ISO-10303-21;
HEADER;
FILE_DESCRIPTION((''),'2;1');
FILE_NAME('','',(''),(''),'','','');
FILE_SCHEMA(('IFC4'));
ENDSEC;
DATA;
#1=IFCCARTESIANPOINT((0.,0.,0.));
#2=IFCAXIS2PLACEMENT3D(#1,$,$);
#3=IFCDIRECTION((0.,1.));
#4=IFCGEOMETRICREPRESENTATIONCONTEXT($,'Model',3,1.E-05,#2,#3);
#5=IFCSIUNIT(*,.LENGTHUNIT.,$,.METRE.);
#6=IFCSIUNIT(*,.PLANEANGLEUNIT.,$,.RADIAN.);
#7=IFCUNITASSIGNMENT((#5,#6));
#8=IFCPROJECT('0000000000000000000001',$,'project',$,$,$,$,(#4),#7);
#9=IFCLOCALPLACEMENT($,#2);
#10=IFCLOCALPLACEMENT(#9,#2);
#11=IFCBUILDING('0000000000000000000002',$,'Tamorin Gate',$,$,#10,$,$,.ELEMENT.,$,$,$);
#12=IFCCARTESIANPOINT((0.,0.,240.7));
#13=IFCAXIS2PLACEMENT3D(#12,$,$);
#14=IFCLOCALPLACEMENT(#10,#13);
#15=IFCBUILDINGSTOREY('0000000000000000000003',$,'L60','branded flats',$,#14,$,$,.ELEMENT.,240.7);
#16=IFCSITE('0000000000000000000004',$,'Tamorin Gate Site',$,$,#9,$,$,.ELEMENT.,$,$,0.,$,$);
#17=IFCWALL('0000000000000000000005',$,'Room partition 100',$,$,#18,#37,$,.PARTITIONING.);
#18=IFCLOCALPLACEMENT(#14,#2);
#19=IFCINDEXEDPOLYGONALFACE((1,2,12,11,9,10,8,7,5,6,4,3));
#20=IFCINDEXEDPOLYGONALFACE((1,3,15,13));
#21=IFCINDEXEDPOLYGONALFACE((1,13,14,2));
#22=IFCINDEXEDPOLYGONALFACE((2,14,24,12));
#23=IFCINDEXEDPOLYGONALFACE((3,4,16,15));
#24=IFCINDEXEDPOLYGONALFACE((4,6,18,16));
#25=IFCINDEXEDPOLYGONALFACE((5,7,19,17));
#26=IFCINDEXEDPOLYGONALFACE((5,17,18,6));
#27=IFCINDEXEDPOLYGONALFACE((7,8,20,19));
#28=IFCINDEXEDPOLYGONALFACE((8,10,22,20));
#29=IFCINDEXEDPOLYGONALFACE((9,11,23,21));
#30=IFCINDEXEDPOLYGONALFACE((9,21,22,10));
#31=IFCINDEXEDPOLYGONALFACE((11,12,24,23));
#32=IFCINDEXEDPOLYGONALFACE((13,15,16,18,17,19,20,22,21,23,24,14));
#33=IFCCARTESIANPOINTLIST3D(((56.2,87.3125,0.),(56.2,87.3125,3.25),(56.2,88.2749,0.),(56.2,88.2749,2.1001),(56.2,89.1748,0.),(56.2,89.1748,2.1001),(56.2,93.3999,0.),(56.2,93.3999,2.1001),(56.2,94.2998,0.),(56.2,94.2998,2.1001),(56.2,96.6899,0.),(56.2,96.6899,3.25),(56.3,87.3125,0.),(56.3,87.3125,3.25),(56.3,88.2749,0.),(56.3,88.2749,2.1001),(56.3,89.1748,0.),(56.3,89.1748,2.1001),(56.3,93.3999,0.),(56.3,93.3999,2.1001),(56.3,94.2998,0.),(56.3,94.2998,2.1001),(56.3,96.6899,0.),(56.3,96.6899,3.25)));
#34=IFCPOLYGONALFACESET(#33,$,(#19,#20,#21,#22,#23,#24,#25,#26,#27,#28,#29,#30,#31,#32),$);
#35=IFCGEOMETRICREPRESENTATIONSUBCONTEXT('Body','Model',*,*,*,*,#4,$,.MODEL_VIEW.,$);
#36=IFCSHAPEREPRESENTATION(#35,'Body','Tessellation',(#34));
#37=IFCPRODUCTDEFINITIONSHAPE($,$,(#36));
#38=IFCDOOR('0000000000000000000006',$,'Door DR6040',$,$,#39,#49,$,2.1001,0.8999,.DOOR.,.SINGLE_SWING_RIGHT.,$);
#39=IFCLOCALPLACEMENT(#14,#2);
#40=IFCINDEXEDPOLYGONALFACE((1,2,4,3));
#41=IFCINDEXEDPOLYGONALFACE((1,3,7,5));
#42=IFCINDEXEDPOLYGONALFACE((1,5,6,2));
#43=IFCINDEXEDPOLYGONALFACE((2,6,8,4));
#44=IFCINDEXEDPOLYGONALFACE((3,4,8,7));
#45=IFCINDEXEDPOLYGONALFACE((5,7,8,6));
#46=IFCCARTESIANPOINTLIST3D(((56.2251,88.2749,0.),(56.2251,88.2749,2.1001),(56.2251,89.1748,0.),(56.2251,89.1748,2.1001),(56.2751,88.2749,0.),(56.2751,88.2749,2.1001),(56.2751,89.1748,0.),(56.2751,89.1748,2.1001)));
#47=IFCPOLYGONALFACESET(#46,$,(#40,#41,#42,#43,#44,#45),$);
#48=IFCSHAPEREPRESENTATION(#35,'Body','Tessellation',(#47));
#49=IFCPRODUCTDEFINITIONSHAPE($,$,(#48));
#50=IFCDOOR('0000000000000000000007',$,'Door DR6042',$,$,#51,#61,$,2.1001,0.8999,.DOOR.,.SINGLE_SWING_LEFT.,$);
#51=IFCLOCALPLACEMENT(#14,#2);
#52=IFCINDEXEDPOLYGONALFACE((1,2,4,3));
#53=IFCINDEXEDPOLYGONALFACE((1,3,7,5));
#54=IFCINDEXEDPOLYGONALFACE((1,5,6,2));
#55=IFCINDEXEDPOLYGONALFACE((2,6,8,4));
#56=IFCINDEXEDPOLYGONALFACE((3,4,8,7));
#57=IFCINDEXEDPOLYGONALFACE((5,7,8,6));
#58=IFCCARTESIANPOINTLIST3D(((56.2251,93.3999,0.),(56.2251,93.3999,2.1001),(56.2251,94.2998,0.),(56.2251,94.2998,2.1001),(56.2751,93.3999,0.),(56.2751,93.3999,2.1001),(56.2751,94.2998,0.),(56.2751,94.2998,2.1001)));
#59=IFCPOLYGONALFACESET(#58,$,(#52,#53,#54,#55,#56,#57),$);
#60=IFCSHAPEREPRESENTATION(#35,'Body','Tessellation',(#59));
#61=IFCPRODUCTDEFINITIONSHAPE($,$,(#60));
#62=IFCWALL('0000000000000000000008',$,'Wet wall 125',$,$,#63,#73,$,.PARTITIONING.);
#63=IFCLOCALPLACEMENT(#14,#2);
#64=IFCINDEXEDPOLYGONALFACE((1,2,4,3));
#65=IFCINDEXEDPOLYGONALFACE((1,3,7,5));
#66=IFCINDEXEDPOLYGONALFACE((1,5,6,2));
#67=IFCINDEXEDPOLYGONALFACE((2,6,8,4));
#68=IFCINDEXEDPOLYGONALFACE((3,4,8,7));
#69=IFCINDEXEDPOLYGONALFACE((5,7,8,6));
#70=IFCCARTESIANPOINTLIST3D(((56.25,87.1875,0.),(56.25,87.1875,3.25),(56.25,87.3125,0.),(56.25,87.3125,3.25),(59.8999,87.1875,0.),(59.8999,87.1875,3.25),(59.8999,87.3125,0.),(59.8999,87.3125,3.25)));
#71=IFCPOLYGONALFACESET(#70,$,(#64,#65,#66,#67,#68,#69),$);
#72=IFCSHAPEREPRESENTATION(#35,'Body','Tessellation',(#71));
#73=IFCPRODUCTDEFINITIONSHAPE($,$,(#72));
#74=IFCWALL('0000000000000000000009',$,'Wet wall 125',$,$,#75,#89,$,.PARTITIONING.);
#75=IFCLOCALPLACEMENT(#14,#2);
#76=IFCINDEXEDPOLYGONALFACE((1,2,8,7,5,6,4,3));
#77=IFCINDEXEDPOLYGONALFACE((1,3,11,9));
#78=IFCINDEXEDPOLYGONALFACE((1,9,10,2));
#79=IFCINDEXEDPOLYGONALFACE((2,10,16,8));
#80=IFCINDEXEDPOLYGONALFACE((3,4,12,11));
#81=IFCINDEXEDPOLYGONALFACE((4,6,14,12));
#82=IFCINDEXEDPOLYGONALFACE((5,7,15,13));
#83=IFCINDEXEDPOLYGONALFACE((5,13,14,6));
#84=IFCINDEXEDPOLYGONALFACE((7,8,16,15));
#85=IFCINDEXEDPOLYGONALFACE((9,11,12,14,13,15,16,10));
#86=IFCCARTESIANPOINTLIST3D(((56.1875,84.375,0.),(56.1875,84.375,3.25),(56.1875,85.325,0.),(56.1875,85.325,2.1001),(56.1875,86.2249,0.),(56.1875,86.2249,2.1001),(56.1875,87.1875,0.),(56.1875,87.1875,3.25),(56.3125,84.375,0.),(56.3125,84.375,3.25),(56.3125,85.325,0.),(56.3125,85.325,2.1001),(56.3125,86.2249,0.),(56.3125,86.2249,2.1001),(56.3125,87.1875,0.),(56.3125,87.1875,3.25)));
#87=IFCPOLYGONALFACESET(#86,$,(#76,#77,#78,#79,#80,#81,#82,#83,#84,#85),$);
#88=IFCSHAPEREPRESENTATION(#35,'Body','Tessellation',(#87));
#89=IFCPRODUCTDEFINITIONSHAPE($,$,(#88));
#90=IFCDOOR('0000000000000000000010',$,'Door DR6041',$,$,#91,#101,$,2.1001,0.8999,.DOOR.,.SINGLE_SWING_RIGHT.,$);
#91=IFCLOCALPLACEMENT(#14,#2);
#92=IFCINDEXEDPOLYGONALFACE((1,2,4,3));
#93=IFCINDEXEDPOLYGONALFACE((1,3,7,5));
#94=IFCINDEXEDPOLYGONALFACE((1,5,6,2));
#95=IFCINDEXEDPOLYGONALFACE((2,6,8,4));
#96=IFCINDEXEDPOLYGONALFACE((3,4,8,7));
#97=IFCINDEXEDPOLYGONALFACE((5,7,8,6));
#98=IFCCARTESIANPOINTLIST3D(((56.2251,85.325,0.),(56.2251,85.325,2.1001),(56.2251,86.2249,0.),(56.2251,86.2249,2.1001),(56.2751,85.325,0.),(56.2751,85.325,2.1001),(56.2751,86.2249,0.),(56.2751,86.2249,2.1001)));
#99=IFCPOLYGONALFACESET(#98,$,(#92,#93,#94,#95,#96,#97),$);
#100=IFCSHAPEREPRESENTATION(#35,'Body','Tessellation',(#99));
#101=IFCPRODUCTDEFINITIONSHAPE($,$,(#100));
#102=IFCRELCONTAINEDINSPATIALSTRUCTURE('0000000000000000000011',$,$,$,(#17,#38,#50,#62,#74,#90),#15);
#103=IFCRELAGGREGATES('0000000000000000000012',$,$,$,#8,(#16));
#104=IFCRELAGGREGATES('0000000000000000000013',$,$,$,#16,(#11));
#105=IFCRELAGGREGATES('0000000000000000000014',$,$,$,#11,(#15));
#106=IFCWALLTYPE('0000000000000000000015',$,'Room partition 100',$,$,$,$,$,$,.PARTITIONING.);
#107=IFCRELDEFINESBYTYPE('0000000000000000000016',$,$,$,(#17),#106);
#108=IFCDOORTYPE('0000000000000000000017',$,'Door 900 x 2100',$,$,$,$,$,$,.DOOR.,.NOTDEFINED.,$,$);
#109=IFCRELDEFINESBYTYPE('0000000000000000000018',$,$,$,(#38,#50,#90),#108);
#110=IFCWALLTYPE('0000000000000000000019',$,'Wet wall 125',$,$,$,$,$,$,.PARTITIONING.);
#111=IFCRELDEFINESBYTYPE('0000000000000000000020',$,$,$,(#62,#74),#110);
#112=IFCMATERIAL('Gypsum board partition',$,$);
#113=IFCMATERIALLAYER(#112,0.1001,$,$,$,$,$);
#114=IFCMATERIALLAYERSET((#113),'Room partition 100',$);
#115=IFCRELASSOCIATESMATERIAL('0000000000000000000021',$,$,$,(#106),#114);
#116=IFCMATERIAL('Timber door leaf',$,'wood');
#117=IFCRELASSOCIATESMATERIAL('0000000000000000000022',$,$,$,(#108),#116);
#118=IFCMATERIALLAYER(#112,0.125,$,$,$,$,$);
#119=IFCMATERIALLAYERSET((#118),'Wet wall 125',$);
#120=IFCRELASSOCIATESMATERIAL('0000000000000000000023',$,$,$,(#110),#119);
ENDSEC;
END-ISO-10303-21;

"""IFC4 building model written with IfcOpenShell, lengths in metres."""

from ifc_helpers import new_model, si_unit, direction, frame, frame_2d, origin, place, context, subcontext, project, spatial, rectangle, extrude, material, layer, layer_set, type_object, element, fill, save


model = new_model("IFC4")

# Units and contexts
model_context = context("Model", 3, precision=1e-05, world=origin(), true_north=direction((0.0, 1.0)))
body_context = subcontext(model_context, "Body", "Model", "MODEL_VIEW")
ifc_project = project(units=[si_unit("LENGTHUNIT", "METRE"), si_unit("PLANEANGLEUNIT", "RADIAN")], contexts=[model_context])

# Site, building, storey
site_placement = place(None, origin())
site = spatial("IfcSite", under=ifc_project, at=site_placement, Name="Tamorin Gate Site", CompositionType="ELEMENT", RefElevation=0.0)
building_placement = place(site_placement, origin())
building = spatial("IfcBuilding", under=site, at=building_placement, Name="Tamorin Gate", CompositionType="ELEMENT")
storey_placement = place(building_placement, frame((0.0, 0.0, 240.7)))
storey = spatial("IfcBuildingStorey", under=building, at=storey_placement, Name="L60", Description="branded flats", CompositionType="ELEMENT", Elevation=240.7)

# Shared definitions
ifc_material_1 = material(Name="Gypsum board partition")

# Wall, openings, doors
ifc_layer_1 = layer(ifc_material_1, 0.1001)
ifc_layer_set_1 = layer_set([ifc_layer_1], Name="Room partition 100")
wall_type_1 = type_object("IfcWallType", Name="Room partition 100", PredefinedType="PARTITIONING", material=ifc_layer_set_1)
wall_1_placement = place(storey_placement, frame((56.25, 87.3125, 0.0), z_axis=(0.0, 0.0, 1.0), x_axis=(0.0, 1.0, 0.0)))
wall_1 = element("IfcWall", 1, at=wall_1_placement, inside=storey, type_object=wall_type_1, Name="Room partition 100", PredefinedType="PARTITIONING", context=body_context, shape_type="SweptSolid", body=[
    extrude(rectangle(XDim=9.3774, YDim=0.1001, at=frame_2d((4.6887, 0.0))), origin(), (0.0, 0.0, 1.0), 3.25),
])
opening_1_placement = place(wall_1_placement, frame((0.9624, 0.0, 0.0)))
opening_1 = element("IfcOpeningElement", 2, at=opening_1_placement, cuts=wall_1, PredefinedType="OPENING", context=body_context, shape_type="SweptSolid", body=[
    extrude(rectangle(XDim=0.8999, YDim=2.1001, at=frame_2d((0.45, 1.05))), frame((0.0, 0.0601, 0.0), z_axis=(0.0, -1.0, 0.0), x_axis=(1.0, 0.0, 0.0)), (0.0, 0.0, 1.0), 0.1201),
])
opening_2_placement = place(wall_1_placement, frame((6.0874, 0.0, 0.0)))
opening_2 = element("IfcOpeningElement", 3, at=opening_2_placement, cuts=wall_1, PredefinedType="OPENING", context=body_context, shape_type="SweptSolid", body=[
    extrude(rectangle(XDim=0.8999, YDim=2.1001, at=frame_2d((0.45, 1.05))), frame((0.0, 0.0601, 0.0), z_axis=(0.0, -1.0, 0.0), x_axis=(1.0, 0.0, 0.0)), (0.0, 0.0, 1.0), 0.1201),
])
ifc_material_2 = material(Name="Timber door leaf", Category="wood")
door_type = type_object("IfcDoorType", Name="Door 900 x 2100", OperationType="NOTDEFINED", PredefinedType="DOOR", material=ifc_material_2)
door_1_placement = place(opening_1_placement, origin())
door_1 = element("IfcDoor", 4, at=door_1_placement, inside=storey, type_object=door_type, Name="Door DR6040", OperationType="SINGLE_SWING_RIGHT", OverallHeight=2.1001, OverallWidth=0.8999, PredefinedType="DOOR", context=body_context, shape_type="SweptSolid", body=[
    extrude(rectangle(XDim=0.8999, YDim=2.1001, at=frame_2d((0.45, 1.05))), frame((0.0, 0.0249, 0.0), z_axis=(0.0, -1.0, 0.0), x_axis=(1.0, 0.0, 0.0)), (0.0, 0.0, 1.0), 0.05),
])
fill(opening_1, door_1)
door_2_placement = place(opening_2_placement, origin())
door_2 = element("IfcDoor", 5, at=door_2_placement, inside=storey, type_object=door_type, Name="Door DR6042", OperationType="SINGLE_SWING_LEFT", OverallHeight=2.1001, OverallWidth=0.8999, PredefinedType="DOOR", context=body_context, shape_type="SweptSolid", body=[
    extrude(rectangle(XDim=0.8999, YDim=2.1001, at=frame_2d((0.45, 1.05))), frame((0.0, 0.0249, 0.0), z_axis=(0.0, -1.0, 0.0), x_axis=(1.0, 0.0, 0.0)), (0.0, 0.0, 1.0), 0.05),
])
fill(opening_2, door_2)

# Wall
ifc_layer_2 = layer(ifc_material_1, 0.125)
ifc_layer_set_2 = layer_set([ifc_layer_2], Name="Wet wall 125")
wall_type_2 = type_object("IfcWallType", Name="Wet wall 125", PredefinedType="PARTITIONING", material=ifc_layer_set_2)
wall_2_placement = place(storey_placement, frame((56.25, 87.25, 0.0), z_axis=(0.0, 0.0, 1.0), x_axis=(1.0, 0.0, 0.0)))
element("IfcWall", 6, at=wall_2_placement, inside=storey, type_object=wall_type_2, Name="Wet wall 125", PredefinedType="PARTITIONING", context=body_context, shape_type="SweptSolid", body=[
    extrude(rectangle(XDim=3.6499, YDim=0.125, at=frame_2d((1.825, 0.0))), origin(), (0.0, 0.0, 1.0), 3.25),
])

# Wall, opening, door
wall_3_placement = place(storey_placement, frame((56.25, 84.375, 0.0), z_axis=(0.0, 0.0, 1.0), x_axis=(0.0, 1.0, 0.0)))
wall_3 = element("IfcWall", 7, at=wall_3_placement, inside=storey, type_object=wall_type_2, Name="Wet wall 125", PredefinedType="PARTITIONING", context=body_context, shape_type="SweptSolid", body=[
    extrude(rectangle(XDim=2.8125, YDim=0.125, at=frame_2d((1.4062, 0.0))), origin(), (0.0, 0.0, 1.0), 3.25),
])
opening_3_placement = place(wall_3_placement, frame((0.95, 0.0, 0.0)))
opening_3 = element("IfcOpeningElement", 8, at=opening_3_placement, cuts=wall_3, PredefinedType="OPENING", context=body_context, shape_type="SweptSolid", body=[
    extrude(rectangle(XDim=0.8999, YDim=2.1001, at=frame_2d((0.45, 1.05))), frame((0.0, 0.0725, 0.0), z_axis=(0.0, -1.0, 0.0), x_axis=(1.0, 0.0, 0.0)), (0.0, 0.0, 1.0), 0.145),
])
door_3_placement = place(opening_3_placement, origin())
door_3 = element("IfcDoor", 9, at=door_3_placement, inside=storey, type_object=door_type, Name="Door DR6041", OperationType="SINGLE_SWING_RIGHT", OverallHeight=2.1001, OverallWidth=0.8999, PredefinedType="DOOR", context=body_context, shape_type="SweptSolid", body=[
    extrude(rectangle(XDim=0.8999, YDim=2.1001, at=frame_2d((0.45, 1.05))), frame((0.0, 0.0249, 0.0), z_axis=(0.0, -1.0, 0.0), x_axis=(1.0, 0.0, 0.0)), (0.0, 0.0, 1.0), 0.05),
])
fill(opening_3, door_3)

save(model, "model.ifc")
